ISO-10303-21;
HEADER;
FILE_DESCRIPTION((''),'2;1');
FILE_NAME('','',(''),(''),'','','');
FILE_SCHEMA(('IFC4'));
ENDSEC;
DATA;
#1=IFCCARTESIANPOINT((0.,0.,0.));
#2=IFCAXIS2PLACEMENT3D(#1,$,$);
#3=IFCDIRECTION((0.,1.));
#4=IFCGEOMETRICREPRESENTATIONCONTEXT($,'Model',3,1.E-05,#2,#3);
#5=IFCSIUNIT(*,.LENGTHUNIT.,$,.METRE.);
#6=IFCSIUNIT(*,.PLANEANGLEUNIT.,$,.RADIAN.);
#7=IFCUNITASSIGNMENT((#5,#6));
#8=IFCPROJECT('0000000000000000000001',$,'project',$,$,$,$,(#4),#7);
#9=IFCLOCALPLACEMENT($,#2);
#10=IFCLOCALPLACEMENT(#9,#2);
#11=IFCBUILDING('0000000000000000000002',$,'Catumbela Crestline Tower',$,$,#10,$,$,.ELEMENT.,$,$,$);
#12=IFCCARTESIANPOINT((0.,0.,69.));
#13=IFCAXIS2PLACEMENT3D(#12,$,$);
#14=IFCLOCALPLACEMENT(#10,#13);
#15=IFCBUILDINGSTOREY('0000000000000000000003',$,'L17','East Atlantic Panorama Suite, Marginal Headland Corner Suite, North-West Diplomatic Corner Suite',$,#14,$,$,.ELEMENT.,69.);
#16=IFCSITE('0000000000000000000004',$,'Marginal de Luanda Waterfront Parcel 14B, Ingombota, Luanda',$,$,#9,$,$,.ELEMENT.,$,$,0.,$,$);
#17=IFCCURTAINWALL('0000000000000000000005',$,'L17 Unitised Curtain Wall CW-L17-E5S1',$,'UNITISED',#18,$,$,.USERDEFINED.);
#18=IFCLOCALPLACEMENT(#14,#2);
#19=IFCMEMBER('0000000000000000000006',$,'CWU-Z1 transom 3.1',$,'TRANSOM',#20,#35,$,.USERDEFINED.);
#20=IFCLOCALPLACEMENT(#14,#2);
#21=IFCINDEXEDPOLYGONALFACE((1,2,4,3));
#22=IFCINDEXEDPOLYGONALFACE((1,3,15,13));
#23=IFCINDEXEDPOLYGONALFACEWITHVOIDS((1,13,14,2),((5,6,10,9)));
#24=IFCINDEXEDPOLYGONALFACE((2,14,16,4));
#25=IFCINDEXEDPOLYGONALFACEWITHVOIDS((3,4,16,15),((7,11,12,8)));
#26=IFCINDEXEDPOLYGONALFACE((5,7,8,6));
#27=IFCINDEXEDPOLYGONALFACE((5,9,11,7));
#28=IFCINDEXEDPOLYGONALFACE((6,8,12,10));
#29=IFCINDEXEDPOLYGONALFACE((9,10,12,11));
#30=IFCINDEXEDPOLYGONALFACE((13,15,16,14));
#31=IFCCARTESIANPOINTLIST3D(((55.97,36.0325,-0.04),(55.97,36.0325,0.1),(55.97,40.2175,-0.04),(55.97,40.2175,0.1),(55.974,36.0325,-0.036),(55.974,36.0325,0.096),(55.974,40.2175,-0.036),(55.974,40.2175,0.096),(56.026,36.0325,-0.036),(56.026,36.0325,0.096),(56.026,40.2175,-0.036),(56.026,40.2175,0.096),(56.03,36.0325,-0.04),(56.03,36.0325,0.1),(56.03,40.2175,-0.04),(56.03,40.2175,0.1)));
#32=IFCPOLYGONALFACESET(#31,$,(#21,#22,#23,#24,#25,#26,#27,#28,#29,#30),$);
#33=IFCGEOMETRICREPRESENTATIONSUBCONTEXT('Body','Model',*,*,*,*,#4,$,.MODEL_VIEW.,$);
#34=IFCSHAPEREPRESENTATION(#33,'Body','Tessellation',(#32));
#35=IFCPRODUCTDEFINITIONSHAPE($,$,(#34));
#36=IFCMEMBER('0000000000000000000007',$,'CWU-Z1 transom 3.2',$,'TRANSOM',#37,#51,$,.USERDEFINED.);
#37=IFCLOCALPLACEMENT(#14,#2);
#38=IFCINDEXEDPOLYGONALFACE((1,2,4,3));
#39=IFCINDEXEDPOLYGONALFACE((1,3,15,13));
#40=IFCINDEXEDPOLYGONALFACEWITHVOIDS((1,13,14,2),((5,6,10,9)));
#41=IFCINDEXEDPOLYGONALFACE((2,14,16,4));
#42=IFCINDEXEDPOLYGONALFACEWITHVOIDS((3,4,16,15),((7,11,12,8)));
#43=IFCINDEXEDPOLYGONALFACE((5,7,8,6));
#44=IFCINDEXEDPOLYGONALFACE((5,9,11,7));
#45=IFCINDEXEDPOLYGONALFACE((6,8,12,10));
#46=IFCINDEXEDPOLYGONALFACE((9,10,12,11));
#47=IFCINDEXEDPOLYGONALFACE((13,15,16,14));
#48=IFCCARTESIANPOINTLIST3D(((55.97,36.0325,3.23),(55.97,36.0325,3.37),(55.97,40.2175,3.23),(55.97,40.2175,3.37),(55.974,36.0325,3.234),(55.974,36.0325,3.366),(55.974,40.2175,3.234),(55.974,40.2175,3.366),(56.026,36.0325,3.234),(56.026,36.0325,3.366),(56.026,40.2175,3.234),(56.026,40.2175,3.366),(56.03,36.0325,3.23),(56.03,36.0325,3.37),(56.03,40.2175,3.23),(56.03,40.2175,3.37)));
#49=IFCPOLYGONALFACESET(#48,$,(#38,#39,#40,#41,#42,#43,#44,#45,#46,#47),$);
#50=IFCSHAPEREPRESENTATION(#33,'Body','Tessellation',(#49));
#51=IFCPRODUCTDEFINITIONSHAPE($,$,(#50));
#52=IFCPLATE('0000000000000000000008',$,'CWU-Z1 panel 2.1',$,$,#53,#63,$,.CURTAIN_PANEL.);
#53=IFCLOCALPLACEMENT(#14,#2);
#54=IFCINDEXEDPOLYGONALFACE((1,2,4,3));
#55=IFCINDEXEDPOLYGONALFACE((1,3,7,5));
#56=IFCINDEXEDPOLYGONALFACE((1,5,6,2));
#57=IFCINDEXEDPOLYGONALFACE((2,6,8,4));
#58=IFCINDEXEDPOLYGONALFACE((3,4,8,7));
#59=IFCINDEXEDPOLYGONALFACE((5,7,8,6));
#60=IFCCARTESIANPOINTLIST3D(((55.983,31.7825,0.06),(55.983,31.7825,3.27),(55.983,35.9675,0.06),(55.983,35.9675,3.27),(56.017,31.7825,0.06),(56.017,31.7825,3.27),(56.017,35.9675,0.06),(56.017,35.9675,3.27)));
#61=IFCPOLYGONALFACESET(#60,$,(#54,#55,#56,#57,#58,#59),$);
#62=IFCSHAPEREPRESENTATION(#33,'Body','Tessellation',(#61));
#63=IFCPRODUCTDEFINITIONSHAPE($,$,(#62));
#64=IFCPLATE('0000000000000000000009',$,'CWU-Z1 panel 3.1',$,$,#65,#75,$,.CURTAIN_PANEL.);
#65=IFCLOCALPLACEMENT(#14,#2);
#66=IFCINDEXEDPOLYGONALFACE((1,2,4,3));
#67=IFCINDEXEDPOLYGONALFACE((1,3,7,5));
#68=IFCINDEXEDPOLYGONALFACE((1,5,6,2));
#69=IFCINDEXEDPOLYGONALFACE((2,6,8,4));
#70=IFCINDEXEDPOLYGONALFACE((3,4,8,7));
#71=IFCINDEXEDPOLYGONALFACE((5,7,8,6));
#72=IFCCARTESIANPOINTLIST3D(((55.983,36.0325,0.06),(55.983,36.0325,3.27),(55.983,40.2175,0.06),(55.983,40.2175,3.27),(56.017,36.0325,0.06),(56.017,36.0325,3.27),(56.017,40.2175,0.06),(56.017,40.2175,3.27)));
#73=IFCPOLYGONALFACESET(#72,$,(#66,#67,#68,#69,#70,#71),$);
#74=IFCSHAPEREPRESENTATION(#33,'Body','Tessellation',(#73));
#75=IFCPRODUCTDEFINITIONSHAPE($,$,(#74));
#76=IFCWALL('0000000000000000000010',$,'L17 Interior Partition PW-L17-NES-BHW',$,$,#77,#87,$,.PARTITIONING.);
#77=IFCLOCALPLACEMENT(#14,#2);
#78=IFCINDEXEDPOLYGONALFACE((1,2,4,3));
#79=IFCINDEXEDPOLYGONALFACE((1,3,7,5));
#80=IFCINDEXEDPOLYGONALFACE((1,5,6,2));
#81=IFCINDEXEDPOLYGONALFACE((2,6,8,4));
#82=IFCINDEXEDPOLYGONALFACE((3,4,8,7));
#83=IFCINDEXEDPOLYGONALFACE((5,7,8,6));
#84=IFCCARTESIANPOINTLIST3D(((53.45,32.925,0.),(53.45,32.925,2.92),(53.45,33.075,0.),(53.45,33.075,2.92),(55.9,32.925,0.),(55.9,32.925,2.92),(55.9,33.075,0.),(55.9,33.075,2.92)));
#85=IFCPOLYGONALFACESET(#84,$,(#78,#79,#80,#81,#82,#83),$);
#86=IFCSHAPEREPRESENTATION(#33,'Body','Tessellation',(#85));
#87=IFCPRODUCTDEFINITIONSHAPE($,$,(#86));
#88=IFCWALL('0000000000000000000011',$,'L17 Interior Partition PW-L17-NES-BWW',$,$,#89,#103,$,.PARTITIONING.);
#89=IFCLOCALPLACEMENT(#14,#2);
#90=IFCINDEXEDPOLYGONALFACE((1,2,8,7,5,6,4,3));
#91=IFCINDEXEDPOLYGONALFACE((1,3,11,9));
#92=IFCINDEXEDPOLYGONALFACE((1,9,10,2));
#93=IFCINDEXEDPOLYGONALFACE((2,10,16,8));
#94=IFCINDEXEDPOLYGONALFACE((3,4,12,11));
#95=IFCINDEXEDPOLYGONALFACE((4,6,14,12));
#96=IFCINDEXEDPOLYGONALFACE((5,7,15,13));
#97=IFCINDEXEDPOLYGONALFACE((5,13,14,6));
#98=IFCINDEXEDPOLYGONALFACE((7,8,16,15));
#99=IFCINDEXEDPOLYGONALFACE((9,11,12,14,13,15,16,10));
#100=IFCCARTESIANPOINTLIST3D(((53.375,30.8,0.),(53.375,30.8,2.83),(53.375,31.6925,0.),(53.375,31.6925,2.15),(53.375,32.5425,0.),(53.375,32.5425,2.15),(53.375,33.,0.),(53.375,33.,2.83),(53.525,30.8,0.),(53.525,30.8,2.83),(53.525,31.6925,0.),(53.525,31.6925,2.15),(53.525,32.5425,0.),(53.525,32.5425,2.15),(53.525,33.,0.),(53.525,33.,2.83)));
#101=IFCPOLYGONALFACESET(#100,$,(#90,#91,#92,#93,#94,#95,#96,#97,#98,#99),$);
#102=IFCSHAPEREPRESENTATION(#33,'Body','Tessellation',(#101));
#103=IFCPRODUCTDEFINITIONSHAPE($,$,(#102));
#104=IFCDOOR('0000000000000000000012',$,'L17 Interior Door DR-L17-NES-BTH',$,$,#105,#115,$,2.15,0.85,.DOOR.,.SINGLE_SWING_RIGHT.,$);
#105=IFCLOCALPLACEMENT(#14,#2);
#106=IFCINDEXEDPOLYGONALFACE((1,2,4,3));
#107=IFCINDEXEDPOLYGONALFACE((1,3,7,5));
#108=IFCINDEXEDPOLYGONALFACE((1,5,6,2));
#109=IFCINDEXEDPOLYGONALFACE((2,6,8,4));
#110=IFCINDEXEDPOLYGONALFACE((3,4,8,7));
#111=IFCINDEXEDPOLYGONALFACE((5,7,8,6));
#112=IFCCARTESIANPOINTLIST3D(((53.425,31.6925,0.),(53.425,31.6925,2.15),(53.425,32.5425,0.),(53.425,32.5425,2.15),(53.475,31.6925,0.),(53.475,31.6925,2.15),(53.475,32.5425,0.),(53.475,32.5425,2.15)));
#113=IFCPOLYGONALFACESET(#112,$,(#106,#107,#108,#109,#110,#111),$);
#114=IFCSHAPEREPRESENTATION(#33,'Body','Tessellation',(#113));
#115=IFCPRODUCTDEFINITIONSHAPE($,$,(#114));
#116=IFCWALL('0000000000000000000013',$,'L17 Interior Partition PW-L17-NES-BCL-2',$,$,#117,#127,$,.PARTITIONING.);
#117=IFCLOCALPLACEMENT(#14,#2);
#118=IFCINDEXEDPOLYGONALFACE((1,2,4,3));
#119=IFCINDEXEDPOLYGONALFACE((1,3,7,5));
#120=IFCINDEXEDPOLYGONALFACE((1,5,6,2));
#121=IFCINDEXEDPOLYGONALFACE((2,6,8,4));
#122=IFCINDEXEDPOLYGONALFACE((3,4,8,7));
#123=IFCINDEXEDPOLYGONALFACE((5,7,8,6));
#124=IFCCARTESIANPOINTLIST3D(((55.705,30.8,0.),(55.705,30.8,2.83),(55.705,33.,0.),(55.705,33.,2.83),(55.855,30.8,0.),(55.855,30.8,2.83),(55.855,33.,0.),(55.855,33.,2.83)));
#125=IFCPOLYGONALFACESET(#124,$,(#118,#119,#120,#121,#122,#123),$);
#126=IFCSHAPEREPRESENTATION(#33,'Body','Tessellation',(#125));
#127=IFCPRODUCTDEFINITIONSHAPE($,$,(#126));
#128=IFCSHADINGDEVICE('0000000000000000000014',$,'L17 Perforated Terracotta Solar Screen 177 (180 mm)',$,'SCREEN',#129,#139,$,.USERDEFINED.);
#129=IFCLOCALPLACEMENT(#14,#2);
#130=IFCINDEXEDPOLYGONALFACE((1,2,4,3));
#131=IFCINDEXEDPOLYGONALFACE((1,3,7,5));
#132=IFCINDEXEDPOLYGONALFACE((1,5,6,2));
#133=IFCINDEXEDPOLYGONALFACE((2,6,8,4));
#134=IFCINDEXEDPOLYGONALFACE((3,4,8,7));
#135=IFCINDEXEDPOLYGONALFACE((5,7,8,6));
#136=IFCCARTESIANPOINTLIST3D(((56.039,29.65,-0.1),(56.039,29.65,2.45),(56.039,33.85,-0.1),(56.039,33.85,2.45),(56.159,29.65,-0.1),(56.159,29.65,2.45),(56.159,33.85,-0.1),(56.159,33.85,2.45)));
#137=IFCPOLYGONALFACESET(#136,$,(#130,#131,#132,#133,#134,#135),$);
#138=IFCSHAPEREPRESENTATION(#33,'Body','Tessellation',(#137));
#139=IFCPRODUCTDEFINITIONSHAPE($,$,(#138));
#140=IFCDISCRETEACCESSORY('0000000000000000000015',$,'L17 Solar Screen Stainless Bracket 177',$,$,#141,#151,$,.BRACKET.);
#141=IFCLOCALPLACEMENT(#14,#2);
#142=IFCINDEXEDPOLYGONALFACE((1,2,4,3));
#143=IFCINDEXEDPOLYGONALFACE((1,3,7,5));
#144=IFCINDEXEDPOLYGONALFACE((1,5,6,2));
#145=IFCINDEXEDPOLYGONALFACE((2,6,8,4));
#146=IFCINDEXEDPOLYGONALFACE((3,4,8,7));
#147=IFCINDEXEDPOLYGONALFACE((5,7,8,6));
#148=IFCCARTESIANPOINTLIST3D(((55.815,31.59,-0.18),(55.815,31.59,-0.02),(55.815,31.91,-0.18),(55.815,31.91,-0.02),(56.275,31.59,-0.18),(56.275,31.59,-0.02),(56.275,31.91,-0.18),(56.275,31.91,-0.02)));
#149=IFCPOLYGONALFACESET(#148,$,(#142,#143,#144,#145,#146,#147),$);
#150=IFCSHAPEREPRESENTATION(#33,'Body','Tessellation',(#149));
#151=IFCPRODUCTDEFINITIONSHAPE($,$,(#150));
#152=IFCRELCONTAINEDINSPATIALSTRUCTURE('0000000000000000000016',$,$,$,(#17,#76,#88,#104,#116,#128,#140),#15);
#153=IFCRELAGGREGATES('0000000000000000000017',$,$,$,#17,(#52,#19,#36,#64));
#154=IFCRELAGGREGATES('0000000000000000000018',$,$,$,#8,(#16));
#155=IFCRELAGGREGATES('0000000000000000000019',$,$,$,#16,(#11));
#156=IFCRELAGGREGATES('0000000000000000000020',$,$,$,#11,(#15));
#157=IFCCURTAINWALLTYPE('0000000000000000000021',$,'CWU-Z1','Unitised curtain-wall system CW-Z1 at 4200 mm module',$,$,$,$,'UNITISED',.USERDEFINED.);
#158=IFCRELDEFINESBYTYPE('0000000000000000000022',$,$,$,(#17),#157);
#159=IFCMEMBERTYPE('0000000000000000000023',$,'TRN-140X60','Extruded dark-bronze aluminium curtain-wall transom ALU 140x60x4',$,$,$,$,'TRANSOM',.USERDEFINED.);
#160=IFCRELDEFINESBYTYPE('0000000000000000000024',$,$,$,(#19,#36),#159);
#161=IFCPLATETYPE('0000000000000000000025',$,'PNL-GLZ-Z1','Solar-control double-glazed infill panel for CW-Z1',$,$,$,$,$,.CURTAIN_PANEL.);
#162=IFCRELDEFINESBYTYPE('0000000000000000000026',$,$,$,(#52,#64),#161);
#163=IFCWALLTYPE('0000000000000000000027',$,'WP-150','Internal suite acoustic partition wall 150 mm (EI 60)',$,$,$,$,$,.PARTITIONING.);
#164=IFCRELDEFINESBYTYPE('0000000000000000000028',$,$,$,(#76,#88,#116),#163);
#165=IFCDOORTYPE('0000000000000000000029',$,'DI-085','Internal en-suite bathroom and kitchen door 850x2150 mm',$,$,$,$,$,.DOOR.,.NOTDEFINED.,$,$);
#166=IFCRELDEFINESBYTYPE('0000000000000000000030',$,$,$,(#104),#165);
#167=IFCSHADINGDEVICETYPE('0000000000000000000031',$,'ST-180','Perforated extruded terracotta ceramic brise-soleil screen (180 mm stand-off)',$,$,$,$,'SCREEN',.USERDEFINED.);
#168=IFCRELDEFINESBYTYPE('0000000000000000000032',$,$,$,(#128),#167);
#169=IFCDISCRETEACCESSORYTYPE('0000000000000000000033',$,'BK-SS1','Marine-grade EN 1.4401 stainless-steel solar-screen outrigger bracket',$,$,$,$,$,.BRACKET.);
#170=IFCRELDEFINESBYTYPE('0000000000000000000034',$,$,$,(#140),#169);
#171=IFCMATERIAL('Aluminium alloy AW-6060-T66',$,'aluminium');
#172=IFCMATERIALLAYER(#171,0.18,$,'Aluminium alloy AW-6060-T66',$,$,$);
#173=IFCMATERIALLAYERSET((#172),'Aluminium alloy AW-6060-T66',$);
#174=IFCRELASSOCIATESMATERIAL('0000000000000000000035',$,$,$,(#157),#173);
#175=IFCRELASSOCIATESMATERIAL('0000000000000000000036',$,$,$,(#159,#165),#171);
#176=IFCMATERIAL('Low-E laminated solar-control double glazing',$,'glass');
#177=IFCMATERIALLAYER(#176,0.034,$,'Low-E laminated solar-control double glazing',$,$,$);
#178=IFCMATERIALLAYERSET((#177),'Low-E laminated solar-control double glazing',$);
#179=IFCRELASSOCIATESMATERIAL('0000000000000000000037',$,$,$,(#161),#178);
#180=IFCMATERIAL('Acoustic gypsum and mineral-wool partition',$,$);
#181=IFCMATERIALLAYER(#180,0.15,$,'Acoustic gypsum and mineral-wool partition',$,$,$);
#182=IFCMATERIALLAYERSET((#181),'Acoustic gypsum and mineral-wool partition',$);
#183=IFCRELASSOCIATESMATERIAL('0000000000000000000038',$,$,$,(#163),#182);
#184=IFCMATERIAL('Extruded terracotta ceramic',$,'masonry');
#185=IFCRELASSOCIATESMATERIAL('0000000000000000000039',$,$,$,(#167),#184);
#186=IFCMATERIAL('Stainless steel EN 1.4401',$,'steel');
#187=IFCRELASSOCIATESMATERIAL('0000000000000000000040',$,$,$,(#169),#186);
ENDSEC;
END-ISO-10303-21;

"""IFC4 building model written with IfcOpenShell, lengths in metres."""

from ifc_helpers import new_model, si_unit, direction, frame, frame_2d, origin, origin_2d, place, context, subcontext, project, spatial, rectangle, hollow_rectangle, extrude, material, layer, layer_set, material_profile, profile_set, type_object, element, fill, aggregate, save


model = new_model("IFC4")

# Units and contexts
model_context = context("Model", 3, precision=1e-05, world=origin(), true_north=direction((0.0, 1.0)))
body_context = subcontext(model_context, "Body", "Model", "MODEL_VIEW")
ifc_project = project(units=[si_unit("LENGTHUNIT", "METRE"), si_unit("PLANEANGLEUNIT", "RADIAN")], contexts=[model_context])

# Site, building, storey
site_placement = place(None, origin())
site = spatial("IfcSite", under=ifc_project, at=site_placement, Name="Marginal de Luanda Waterfront Parcel 14B, Ingombota, Luanda", CompositionType="ELEMENT", RefElevation=0.0)
building_placement = place(site_placement, origin())
building = spatial("IfcBuilding", under=site, at=building_placement, Name="Catumbela Crestline Tower", CompositionType="ELEMENT")
storey_placement = place(building_placement, frame((0.0, 0.0, 69.0)))
storey = spatial("IfcBuildingStorey", under=building, at=storey_placement, Name="L17", Description="East Atlantic Panorama Suite, Marginal Headland Corner Suite, North-West Diplomatic Corner Suite", CompositionType="ELEMENT", Elevation=69.0)

# Curtain wall
ifc_material_1 = material(Name="Aluminium alloy AW-6060-T66", Category="aluminium")
ifc_layer_1 = layer(ifc_material_1, 0.18, Name="Aluminium alloy AW-6060-T66")
ifc_layer_set_1 = layer_set([ifc_layer_1], Name="Aluminium alloy AW-6060-T66")
curtain_wall_type = type_object("IfcCurtainWallType", Name="CWU-Z1", Description="Unitised curtain-wall system CW-Z1 at 4200 mm module", ElementType="UNITISED", PredefinedType="USERDEFINED", material=ifc_layer_set_1)
curtain_wall_placement = place(storey_placement, origin())
curtain_wall = element("IfcCurtainWall", 1, at=curtain_wall_placement, inside=storey, type_object=curtain_wall_type, Name="L17 Unitised Curtain Wall CW-L17-E5S1", ObjectType="UNITISED", PredefinedType="USERDEFINED")

# Members
ifc_material_profile_1 = material_profile(ifc_material_1, hollow_rectangle(XDim=0.06, YDim=0.14, WallThickness=0.004, at=origin_2d()), Name="ALU 140x60x4")
ifc_profile_set_1 = profile_set([ifc_material_profile_1], Name="Aluminium alloy AW-6060-T66")
member_type_1 = type_object("IfcMemberType", Name="TRN-140X60", Description="Extruded dark-bronze aluminium curtain-wall transom ALU 140x60x4", ElementType="TRANSOM", PredefinedType="USERDEFINED", material=ifc_profile_set_1)
member_1_placement = place(storey_placement, frame((56.0, 36.0325, 0.03), z_axis=(0.0, 1.0, 0.0), x_axis=(-1.0, 0.0, 0.0)))
member_1 = element("IfcMember", 2, at=member_1_placement, type_object=member_type_1, Name="CWU-Z1 transom 3.1", ObjectType="TRANSOM", PredefinedType="USERDEFINED", context=body_context, shape_type="SweptSolid", body=[
    extrude(hollow_rectangle(XDim=0.06, YDim=0.14, WallThickness=0.004, at=origin_2d()), origin(), (0.0, 0.0, 1.0), 4.185),
])
member_2_placement = place(storey_placement, frame((56.0, 36.0325, 3.3), z_axis=(0.0, 1.0, 0.0), x_axis=(-1.0, 0.0, 0.0)))
member_2 = element("IfcMember", 3, at=member_2_placement, type_object=member_type_1, Name="CWU-Z1 transom 3.2", ObjectType="TRANSOM", PredefinedType="USERDEFINED", context=body_context, shape_type="SweptSolid", body=[
    extrude(hollow_rectangle(XDim=0.06, YDim=0.14, WallThickness=0.004, at=origin_2d()), origin(), (0.0, 0.0, 1.0), 4.185),
])

# Plates
ifc_material_2 = material(Name="Low-E laminated solar-control double glazing", Category="glass")
ifc_layer_2 = layer(ifc_material_2, 0.034, Name="Low-E laminated solar-control double glazing")
ifc_layer_set_2 = layer_set([ifc_layer_2], Name="Low-E laminated solar-control double glazing")
plate_type = type_object("IfcPlateType", Name="PNL-GLZ-Z1", Description="Solar-control double-glazed infill panel for CW-Z1", PredefinedType="CURTAIN_PANEL", material=ifc_layer_set_2)
plate_1_placement = place(storey_placement, frame((56.0, 33.875, 0.06), z_axis=(0.0, 0.0, 1.0), x_axis=(0.0, 1.0, 0.0)))
plate_1 = element("IfcPlate", 4, at=plate_1_placement, type_object=plate_type, Name="CWU-Z1 panel 2.1", PredefinedType="CURTAIN_PANEL", context=body_context, shape_type="SweptSolid", body=[
    extrude(rectangle(XDim=4.185, YDim=0.034, at=origin_2d()), origin(), (0.0, 0.0, 1.0), 3.21),
])
plate_2_placement = place(storey_placement, frame((56.0, 38.125, 0.06), z_axis=(0.0, 0.0, 1.0), x_axis=(0.0, 1.0, 0.0)))
plate_2 = element("IfcPlate", 5, at=plate_2_placement, type_object=plate_type, Name="CWU-Z1 panel 3.1", PredefinedType="CURTAIN_PANEL", context=body_context, shape_type="SweptSolid", body=[
    extrude(rectangle(XDim=4.185, YDim=0.034, at=origin_2d()), origin(), (0.0, 0.0, 1.0), 3.21),
])
aggregate(curtain_wall, [plate_1, member_1, member_2, plate_2])

# Wall
ifc_material_3 = material(Name="Acoustic gypsum and mineral-wool partition")
ifc_layer_3 = layer(ifc_material_3, 0.15, Name="Acoustic gypsum and mineral-wool partition")
ifc_layer_set_3 = layer_set([ifc_layer_3], Name="Acoustic gypsum and mineral-wool partition")
wall_type = type_object("IfcWallType", Name="WP-150", Description="Internal suite acoustic partition wall 150 mm (EI 60)", PredefinedType="PARTITIONING", material=ifc_layer_set_3)
wall_1_placement = place(storey_placement, frame((53.45, 33.0, 0.0), z_axis=(0.0, 0.0, 1.0), x_axis=(1.0, 0.0, 0.0)))
element("IfcWall", 6, at=wall_1_placement, inside=storey, type_object=wall_type, Name="L17 Interior Partition PW-L17-NES-BHW", PredefinedType="PARTITIONING", context=body_context, shape_type="SweptSolid", body=[
    extrude(rectangle(XDim=2.45, YDim=0.15, at=frame_2d((1.225, 0.0))), origin(), (0.0, 0.0, 1.0), 2.92),
])

# Wall, opening, door
wall_2_placement = place(storey_placement, frame((53.45, 30.8, 0.0), z_axis=(0.0, 0.0, 1.0), x_axis=(0.0, 1.0, 0.0)))
wall_2 = element("IfcWall", 7, at=wall_2_placement, inside=storey, type_object=wall_type, Name="L17 Interior Partition PW-L17-NES-BWW", PredefinedType="PARTITIONING", context=body_context, shape_type="SweptSolid", body=[
    extrude(rectangle(XDim=2.2, YDim=0.15, at=frame_2d((1.1, 0.0))), origin(), (0.0, 0.0, 1.0), 2.83),
])
opening_placement = place(wall_2_placement, frame((0.8925, 0.0, 0.0)))
opening = element("IfcOpeningElement", 8, at=opening_placement, cuts=wall_2, PredefinedType="OPENING", context=body_context, shape_type="SweptSolid", body=[
    extrude(rectangle(XDim=0.85, YDim=2.15, at=frame_2d((0.425, 1.075))), frame((0.0, 0.085, 0.0), z_axis=(0.0, -1.0, 0.0), x_axis=(1.0, 0.0, 0.0)), (0.0, 0.0, 1.0), 0.17),
])
door_type = type_object("IfcDoorType", Name="DI-085", Description="Internal en-suite bathroom and kitchen door 850x2150 mm", OperationType="NOTDEFINED", PredefinedType="DOOR", material=ifc_material_1)
door_placement = place(opening_placement, origin())
door = element("IfcDoor", 9, at=door_placement, inside=storey, type_object=door_type, Name="L17 Interior Door DR-L17-NES-BTH", OperationType="SINGLE_SWING_RIGHT", OverallHeight=2.15, OverallWidth=0.85, PredefinedType="DOOR", context=body_context, shape_type="SweptSolid", body=[
    extrude(rectangle(XDim=0.85, YDim=2.15, at=frame_2d((0.425, 1.075))), frame((0.0, 0.025, 0.0), z_axis=(0.0, -1.0, 0.0), x_axis=(1.0, 0.0, 0.0)), (0.0, 0.0, 1.0), 0.05),
])
fill(opening, door)

# Wall
wall_3_placement = place(storey_placement, frame((55.78, 33.0, 0.0), z_axis=(0.0, 0.0, 1.0), x_axis=(0.0, -1.0, 0.0)))
element("IfcWall", 10, at=wall_3_placement, inside=storey, type_object=wall_type, Name="L17 Interior Partition PW-L17-NES-BCL-2", PredefinedType="PARTITIONING", context=body_context, shape_type="SweptSolid", body=[
    extrude(rectangle(XDim=2.2, YDim=0.15, at=frame_2d((1.1, 0.0))), origin(), (0.0, 0.0, 1.0), 2.83),
])

# Shading device
ifc_material_4 = material(Name="Extruded terracotta ceramic", Category="masonry")
shading_device_type = type_object("IfcShadingDeviceType", Name="ST-180", Description="Perforated extruded terracotta ceramic brise-soleil screen (180 mm stand-off)", ElementType="SCREEN", PredefinedType="USERDEFINED", material=ifc_material_4)
shading_device_placement = place(storey_placement, frame((56.099, 31.75, -0.1), z_axis=(0.0, 0.0, 1.0), x_axis=(0.0, 1.0, 0.0)))
element("IfcShadingDevice", 11, at=shading_device_placement, inside=storey, type_object=shading_device_type, Name="L17 Perforated Terracotta Solar Screen 177 (180 mm)", ObjectType="SCREEN", PredefinedType="USERDEFINED", context=body_context, shape_type="SweptSolid", body=[
    extrude(rectangle(XDim=4.2, YDim=0.12, at=origin_2d()), origin(), (0.0, 0.0, 1.0), 2.55),
])

# Discrete accessory
ifc_material_5 = material(Name="Stainless steel EN 1.4401", Category="steel")
discrete_accessory_type = type_object("IfcDiscreteAccessoryType", Name="BK-SS1", Description="Marine-grade EN 1.4401 stainless-steel solar-screen outrigger bracket", PredefinedType="BRACKET", material=ifc_material_5)
discrete_accessory_placement = place(storey_placement, frame((56.045, 31.75, -0.18), z_axis=(0.0, 0.0, 1.0), x_axis=(0.0, 1.0, 0.0)))
element("IfcDiscreteAccessory", 12, at=discrete_accessory_placement, inside=storey, type_object=discrete_accessory_type, Name="L17 Solar Screen Stainless Bracket 177", PredefinedType="BRACKET", context=body_context, shape_type="SweptSolid", body=[
    extrude(rectangle(XDim=0.32, YDim=0.46, at=origin_2d()), origin(), (0.0, 0.0, 1.0), 0.16),
])

save(model, "model.ifc")
